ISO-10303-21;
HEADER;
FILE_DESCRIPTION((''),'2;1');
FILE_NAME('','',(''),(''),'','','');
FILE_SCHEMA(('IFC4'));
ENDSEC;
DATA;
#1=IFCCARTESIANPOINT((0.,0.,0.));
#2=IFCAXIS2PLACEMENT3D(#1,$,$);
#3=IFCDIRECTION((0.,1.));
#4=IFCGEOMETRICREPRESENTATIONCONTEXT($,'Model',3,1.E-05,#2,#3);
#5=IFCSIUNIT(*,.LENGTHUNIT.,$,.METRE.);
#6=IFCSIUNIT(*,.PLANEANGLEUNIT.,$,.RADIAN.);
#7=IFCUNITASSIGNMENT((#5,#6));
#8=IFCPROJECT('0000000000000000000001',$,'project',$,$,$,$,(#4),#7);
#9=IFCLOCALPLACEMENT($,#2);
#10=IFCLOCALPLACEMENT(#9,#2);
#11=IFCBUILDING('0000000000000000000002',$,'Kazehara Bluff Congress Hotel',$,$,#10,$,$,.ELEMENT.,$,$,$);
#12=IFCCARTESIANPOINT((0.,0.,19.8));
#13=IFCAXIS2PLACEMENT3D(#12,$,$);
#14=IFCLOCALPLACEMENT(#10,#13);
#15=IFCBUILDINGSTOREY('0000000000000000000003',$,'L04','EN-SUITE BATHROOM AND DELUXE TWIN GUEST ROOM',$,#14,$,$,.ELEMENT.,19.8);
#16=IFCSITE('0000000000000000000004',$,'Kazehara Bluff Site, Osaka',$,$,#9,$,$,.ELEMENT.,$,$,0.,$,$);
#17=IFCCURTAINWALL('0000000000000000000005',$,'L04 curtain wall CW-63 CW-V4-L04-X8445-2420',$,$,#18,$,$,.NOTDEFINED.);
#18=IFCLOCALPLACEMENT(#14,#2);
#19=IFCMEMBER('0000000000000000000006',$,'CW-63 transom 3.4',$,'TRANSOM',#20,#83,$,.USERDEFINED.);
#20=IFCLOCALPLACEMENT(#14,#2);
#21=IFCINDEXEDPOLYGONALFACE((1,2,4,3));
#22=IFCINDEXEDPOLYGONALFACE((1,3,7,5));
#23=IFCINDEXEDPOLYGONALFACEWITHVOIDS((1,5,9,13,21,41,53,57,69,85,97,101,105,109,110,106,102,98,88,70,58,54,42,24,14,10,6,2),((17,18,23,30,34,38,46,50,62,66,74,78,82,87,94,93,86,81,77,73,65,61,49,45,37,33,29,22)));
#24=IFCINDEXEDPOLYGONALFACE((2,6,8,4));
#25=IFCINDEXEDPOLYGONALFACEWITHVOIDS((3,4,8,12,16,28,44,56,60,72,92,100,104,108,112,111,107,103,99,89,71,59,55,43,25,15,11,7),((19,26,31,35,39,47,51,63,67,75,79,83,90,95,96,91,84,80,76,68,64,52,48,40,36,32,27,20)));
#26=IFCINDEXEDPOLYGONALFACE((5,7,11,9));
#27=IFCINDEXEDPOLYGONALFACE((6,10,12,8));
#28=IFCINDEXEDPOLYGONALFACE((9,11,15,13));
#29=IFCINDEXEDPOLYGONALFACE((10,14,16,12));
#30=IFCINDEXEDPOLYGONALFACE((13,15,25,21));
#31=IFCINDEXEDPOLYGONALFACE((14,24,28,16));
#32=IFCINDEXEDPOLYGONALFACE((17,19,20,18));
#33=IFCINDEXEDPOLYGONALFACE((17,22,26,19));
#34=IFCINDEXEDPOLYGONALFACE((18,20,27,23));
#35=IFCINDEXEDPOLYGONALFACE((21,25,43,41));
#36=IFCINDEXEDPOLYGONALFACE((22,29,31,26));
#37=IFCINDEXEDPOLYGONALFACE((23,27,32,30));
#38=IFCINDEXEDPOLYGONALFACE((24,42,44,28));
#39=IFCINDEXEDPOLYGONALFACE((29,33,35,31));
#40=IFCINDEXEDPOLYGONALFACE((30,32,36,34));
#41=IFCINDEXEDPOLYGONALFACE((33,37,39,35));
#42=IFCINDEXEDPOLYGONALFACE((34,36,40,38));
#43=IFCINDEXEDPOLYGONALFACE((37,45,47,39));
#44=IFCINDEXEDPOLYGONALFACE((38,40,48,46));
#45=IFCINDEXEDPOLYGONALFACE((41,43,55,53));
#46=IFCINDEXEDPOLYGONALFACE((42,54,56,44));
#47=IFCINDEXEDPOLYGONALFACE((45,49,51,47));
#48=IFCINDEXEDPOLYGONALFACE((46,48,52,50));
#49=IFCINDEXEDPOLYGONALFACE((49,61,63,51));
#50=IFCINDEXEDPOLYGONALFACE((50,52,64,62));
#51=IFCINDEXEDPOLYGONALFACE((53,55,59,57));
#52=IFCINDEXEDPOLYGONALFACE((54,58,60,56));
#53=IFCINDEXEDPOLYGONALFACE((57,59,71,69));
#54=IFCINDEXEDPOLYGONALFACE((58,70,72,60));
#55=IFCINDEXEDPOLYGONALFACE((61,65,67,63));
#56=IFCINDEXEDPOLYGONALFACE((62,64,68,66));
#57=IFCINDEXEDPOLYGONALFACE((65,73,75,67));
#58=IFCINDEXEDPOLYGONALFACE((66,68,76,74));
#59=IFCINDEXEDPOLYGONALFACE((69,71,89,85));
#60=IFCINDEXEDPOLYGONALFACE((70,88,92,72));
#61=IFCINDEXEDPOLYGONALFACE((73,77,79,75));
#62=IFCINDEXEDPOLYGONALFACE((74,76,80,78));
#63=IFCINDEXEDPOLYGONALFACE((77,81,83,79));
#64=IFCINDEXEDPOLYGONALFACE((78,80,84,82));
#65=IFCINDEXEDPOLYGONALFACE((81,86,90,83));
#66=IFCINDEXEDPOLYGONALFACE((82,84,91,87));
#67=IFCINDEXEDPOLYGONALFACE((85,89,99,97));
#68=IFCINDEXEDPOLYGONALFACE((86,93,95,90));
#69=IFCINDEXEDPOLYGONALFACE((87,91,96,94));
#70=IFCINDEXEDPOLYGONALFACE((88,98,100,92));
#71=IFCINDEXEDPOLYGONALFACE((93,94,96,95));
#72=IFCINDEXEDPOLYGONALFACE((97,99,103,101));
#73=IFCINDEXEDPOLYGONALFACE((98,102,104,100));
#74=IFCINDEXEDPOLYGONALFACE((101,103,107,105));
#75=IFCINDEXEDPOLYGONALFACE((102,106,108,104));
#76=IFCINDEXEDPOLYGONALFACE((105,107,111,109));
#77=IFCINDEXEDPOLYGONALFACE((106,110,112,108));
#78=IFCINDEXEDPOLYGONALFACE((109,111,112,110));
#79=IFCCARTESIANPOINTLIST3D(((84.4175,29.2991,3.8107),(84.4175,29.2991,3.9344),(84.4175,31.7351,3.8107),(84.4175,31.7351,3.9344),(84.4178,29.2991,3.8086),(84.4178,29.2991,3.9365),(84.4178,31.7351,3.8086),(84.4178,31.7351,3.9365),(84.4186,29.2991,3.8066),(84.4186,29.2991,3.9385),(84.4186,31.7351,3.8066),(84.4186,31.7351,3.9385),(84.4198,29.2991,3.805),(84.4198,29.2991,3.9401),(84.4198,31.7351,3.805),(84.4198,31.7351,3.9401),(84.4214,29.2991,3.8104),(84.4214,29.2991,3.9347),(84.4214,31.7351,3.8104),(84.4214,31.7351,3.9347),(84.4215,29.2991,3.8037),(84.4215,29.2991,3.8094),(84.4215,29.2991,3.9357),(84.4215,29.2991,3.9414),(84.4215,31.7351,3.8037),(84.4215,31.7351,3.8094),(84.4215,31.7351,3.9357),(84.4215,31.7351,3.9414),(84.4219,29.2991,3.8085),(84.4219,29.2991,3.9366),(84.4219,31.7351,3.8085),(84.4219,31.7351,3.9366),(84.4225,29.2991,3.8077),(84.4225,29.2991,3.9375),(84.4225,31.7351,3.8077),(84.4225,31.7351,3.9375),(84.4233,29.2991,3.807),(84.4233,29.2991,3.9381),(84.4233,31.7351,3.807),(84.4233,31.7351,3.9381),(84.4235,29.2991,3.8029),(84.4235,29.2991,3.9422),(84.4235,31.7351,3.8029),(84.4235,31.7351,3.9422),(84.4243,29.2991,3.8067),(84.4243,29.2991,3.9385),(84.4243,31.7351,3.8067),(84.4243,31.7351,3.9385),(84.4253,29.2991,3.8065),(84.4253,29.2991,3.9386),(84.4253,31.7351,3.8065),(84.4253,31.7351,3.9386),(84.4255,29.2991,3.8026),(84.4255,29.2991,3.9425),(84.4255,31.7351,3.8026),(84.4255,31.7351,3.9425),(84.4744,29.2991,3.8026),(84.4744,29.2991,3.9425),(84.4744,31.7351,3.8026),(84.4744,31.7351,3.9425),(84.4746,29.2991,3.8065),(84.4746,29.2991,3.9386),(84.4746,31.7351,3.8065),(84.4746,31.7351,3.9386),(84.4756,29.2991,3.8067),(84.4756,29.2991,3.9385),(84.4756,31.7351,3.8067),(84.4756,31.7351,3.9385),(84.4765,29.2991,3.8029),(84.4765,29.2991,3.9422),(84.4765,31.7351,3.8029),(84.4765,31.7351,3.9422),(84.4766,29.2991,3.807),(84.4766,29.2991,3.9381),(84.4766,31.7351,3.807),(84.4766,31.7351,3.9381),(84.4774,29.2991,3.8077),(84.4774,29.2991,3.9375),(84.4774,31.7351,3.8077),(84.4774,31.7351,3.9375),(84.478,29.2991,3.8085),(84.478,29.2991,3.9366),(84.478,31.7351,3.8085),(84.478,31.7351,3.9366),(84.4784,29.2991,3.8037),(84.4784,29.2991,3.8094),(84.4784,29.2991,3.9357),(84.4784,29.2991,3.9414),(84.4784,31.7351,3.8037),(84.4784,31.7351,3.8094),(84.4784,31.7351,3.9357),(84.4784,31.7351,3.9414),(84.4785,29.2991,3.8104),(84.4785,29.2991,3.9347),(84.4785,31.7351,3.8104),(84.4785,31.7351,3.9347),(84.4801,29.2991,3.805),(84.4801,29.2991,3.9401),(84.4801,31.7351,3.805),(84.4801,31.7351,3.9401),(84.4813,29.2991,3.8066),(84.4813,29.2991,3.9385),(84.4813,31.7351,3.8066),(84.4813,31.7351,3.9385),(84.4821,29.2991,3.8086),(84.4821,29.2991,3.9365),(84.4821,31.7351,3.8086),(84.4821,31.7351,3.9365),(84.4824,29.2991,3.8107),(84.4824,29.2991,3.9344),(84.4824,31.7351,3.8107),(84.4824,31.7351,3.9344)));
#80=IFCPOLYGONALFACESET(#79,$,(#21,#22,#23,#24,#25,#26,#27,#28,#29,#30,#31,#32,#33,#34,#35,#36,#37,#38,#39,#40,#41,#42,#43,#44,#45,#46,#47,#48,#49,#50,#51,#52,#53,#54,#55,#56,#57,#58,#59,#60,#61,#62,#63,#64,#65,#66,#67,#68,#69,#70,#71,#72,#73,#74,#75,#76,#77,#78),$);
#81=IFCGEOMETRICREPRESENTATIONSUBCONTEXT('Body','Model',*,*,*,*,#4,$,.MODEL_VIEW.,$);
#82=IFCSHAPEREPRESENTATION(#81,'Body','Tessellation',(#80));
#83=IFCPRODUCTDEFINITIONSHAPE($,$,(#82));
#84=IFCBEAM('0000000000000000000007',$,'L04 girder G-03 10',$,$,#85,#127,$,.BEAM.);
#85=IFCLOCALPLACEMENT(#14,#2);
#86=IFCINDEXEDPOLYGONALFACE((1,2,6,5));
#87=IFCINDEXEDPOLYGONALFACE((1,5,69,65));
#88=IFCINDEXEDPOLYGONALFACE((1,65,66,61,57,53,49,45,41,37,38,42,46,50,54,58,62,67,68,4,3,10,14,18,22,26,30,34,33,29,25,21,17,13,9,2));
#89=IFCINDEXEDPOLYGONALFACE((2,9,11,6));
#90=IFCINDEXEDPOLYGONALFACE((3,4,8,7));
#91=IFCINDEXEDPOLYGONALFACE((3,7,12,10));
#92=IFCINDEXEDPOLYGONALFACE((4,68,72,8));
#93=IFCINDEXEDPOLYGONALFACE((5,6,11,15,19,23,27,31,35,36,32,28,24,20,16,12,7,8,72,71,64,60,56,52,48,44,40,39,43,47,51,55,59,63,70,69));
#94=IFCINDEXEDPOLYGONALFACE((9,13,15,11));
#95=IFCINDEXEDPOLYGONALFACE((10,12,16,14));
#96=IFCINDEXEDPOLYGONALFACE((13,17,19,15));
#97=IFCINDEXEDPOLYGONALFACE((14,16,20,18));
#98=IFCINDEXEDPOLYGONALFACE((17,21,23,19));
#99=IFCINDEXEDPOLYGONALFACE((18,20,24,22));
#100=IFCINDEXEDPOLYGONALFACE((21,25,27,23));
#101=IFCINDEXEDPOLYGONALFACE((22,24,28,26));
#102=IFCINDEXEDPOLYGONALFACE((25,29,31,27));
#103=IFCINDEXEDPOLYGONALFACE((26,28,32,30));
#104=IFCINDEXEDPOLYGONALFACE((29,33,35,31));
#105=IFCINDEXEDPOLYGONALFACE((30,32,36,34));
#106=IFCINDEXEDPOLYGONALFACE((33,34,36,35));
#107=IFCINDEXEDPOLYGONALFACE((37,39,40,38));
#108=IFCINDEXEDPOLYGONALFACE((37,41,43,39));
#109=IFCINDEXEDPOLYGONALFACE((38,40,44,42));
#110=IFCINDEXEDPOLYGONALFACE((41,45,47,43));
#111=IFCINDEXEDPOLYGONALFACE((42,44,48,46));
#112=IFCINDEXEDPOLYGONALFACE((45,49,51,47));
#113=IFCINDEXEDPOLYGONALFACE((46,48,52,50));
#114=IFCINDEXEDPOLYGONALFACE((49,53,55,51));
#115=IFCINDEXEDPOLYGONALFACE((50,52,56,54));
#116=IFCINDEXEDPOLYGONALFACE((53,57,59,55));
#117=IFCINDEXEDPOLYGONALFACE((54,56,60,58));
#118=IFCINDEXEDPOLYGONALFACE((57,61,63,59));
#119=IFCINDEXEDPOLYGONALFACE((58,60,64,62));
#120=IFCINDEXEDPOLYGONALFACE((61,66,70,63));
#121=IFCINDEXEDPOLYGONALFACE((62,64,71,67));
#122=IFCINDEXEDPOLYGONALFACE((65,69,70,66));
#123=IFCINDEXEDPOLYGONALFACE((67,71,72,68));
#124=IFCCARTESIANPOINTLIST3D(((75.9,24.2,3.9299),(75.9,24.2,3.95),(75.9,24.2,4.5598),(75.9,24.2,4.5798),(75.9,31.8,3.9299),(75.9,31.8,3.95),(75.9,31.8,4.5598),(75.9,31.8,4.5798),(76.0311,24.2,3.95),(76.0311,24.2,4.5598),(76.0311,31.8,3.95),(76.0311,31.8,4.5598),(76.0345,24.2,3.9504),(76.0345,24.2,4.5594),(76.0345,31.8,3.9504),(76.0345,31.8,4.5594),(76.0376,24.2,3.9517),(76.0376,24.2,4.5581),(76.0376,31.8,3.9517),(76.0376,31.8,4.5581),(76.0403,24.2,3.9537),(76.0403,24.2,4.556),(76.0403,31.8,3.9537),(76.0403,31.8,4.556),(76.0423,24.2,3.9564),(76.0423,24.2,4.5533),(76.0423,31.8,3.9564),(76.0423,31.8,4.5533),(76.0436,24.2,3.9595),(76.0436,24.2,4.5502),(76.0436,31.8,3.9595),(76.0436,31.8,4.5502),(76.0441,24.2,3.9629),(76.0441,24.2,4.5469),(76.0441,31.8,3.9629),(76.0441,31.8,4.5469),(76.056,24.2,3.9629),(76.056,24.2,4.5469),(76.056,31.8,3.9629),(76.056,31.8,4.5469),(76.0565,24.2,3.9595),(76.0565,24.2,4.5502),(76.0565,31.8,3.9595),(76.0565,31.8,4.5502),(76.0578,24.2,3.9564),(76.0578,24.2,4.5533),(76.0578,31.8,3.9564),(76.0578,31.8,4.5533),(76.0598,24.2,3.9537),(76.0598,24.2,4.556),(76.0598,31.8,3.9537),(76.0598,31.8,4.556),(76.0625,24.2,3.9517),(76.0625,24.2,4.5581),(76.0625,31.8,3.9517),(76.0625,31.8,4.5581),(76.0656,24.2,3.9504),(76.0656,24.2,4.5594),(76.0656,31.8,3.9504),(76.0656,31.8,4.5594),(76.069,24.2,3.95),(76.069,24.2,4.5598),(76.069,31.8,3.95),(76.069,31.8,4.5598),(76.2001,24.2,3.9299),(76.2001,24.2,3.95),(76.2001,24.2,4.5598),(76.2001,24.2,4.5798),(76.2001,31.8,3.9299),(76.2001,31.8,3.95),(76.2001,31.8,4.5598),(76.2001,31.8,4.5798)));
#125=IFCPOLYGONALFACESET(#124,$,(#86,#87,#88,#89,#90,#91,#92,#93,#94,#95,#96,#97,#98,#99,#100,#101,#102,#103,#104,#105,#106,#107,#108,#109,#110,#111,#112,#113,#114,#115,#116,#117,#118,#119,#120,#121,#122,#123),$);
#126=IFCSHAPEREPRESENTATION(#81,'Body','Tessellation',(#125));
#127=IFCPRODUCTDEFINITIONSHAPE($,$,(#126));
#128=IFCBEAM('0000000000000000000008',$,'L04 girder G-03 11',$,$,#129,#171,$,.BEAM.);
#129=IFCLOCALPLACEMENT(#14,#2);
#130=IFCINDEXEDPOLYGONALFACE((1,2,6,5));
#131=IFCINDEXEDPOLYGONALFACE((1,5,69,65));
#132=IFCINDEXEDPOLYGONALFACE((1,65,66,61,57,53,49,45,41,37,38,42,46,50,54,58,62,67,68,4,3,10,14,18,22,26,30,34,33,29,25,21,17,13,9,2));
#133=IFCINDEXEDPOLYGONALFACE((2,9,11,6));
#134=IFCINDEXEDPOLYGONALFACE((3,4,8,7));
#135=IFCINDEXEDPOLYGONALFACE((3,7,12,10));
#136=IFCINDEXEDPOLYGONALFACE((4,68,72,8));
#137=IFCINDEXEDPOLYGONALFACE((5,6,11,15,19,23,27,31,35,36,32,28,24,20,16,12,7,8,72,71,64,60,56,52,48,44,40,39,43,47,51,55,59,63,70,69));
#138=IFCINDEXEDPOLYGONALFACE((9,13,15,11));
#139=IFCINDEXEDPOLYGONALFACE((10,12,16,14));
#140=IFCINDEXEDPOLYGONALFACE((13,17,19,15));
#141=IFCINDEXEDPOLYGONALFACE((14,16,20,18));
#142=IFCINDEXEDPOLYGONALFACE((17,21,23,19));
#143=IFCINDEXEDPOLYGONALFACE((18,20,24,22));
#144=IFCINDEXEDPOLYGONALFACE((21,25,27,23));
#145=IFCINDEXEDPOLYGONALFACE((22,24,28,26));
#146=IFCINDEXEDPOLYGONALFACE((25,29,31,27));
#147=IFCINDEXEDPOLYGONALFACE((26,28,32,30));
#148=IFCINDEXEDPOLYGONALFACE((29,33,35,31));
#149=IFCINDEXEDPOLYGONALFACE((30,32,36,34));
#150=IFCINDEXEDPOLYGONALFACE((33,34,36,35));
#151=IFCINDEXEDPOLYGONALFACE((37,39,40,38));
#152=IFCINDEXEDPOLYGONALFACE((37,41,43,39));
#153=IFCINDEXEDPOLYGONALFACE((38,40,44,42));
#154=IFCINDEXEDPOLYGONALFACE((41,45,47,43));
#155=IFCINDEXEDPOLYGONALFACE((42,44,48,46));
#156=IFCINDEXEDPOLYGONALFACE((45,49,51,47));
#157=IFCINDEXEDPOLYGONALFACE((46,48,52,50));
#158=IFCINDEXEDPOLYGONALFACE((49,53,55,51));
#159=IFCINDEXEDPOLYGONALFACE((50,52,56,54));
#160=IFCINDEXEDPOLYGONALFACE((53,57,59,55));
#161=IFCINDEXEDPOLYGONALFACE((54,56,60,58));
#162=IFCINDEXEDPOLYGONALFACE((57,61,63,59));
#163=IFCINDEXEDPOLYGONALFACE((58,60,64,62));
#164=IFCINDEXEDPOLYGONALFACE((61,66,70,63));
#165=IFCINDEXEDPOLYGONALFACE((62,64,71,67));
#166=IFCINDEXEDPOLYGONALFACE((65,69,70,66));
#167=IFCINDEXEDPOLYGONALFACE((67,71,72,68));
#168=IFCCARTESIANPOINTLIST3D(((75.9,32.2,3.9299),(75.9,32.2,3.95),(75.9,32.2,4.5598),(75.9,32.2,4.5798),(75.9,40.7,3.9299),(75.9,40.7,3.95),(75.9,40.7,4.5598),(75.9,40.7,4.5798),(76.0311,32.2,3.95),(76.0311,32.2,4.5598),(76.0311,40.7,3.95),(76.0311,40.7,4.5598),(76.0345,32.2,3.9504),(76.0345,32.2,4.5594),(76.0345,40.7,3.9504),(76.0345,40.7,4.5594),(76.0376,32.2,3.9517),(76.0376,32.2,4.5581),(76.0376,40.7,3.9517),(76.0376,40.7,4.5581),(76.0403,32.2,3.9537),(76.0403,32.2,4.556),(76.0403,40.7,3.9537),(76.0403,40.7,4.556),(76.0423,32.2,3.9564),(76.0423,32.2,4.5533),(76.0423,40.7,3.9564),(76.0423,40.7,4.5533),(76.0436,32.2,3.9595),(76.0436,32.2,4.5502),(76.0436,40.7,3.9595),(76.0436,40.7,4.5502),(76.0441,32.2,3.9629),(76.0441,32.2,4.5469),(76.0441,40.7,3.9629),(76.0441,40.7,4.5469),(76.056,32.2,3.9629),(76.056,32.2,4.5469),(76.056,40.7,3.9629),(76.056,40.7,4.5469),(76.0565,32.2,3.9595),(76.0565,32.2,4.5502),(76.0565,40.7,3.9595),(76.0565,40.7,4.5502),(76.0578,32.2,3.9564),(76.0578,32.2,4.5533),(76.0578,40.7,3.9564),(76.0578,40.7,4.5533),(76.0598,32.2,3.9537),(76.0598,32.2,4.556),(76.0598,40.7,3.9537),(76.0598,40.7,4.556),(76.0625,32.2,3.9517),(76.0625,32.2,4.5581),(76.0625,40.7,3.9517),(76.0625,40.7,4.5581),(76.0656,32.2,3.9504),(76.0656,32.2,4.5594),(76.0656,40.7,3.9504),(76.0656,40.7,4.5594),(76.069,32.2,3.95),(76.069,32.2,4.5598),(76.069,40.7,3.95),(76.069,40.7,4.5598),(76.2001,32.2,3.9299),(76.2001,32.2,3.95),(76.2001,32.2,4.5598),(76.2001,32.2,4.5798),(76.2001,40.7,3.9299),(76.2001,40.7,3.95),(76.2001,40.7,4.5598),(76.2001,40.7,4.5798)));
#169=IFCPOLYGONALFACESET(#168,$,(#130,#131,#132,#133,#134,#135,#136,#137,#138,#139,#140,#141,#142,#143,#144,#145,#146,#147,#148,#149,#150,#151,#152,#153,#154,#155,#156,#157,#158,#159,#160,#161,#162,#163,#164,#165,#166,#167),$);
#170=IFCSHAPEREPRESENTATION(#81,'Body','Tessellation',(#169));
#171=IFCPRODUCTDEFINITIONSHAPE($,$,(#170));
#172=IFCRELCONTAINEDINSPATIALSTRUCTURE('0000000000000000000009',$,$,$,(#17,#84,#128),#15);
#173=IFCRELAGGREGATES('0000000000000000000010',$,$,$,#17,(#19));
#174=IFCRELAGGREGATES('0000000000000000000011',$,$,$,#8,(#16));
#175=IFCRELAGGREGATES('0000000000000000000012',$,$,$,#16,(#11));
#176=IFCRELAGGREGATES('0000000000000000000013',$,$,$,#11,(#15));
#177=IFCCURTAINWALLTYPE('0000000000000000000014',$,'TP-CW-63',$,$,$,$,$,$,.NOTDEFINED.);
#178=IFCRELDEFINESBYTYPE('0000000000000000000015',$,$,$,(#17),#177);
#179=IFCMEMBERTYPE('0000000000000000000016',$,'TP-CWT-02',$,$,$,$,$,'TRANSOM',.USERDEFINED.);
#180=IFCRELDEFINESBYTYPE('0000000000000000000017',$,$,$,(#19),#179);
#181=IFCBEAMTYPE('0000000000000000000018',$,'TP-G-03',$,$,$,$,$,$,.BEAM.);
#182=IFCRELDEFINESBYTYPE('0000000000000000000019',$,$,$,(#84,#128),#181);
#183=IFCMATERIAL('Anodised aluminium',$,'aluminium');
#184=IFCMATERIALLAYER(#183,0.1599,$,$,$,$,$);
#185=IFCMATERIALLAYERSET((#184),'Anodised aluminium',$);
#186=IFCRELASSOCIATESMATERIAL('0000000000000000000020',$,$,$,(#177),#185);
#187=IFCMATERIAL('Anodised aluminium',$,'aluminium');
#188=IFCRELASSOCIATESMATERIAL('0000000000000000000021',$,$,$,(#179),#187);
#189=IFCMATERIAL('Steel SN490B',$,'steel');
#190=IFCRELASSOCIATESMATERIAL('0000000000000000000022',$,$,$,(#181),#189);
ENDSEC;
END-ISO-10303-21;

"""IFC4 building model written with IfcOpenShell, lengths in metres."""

from ifc_helpers import new_model, si_unit, direction, frame, origin, origin_2d, place, context, subcontext, project, spatial, hollow_rectangle, i_section, extrude, material, layer, layer_set, material_profile, profile_set, type_object, element, aggregate, save


model = new_model("IFC4")

# Units and contexts
model_context = context("Model", 3, precision=1e-05, world=origin(), true_north=direction((0.0, 1.0)))
body_context = subcontext(model_context, "Body", "Model", "MODEL_VIEW")
ifc_project = project(units=[si_unit("LENGTHUNIT", "METRE"), si_unit("PLANEANGLEUNIT", "RADIAN")], contexts=[model_context])

# Site, building, storey
site_placement = place(None, origin())
site = spatial("IfcSite", under=ifc_project, at=site_placement, Name="Kazehara Bluff Site, Osaka", CompositionType="ELEMENT", RefElevation=0.0)
building_placement = place(site_placement, origin())
building = spatial("IfcBuilding", under=site, at=building_placement, Name="Kazehara Bluff Congress Hotel", CompositionType="ELEMENT")
storey_placement = place(building_placement, frame((0.0, 0.0, 19.8)))
storey = spatial("IfcBuildingStorey", under=building, at=storey_placement, Name="L04", Description="EN-SUITE BATHROOM AND DELUXE TWIN GUEST ROOM", CompositionType="ELEMENT", Elevation=19.8)

# Curtain wall, member
ifc_material_1 = material(Name="Anodised aluminium", Category="aluminium")
ifc_layer_1 = layer(ifc_material_1, 0.1599)
ifc_layer_set_1 = layer_set([ifc_layer_1], Name="Anodised aluminium")
curtain_wall_type = type_object("IfcCurtainWallType", Name="TP-CW-63", PredefinedType="NOTDEFINED", material=ifc_layer_set_1)
curtain_wall_placement = place(storey_placement, origin())
curtain_wall = element("IfcCurtainWall", 1, at=curtain_wall_placement, inside=storey, type_object=curtain_wall_type, Name="L04 curtain wall CW-63 CW-V4-L04-X8445-2420", PredefinedType="NOTDEFINED")
ifc_material_2 = material(Name="Anodised aluminium", Category="aluminium")
ifc_material_profile_1 = material_profile(ifc_material_2, hollow_rectangle(XDim=0.0649, YDim=0.1399, WallThickness=0.0039, InnerFilletRadius=0.0039, OuterFilletRadius=0.0081, at=origin_2d()))
ifc_profile_set_1 = profile_set([ifc_material_profile_1], Name="Anodised aluminium")
member_type_1 = type_object("IfcMemberType", Name="TP-CWT-02", ElementType="TRANSOM", PredefinedType="USERDEFINED", material=ifc_profile_set_1)
member_1_placement = place(storey_placement, frame((84.45, 29.2991, 3.8726), z_axis=(0.0, 1.0, 0.0), x_axis=(-1.0, 0.0, 0.0)))
member_1 = element("IfcMember", 2, at=member_1_placement, type_object=member_type_1, Name="CW-63 transom 3.4", ObjectType="TRANSOM", PredefinedType="USERDEFINED", context=body_context, shape_type="SweptSolid", body=[
    extrude(hollow_rectangle(XDim=0.0649, YDim=0.1399, WallThickness=0.0039, InnerFilletRadius=0.0039, OuterFilletRadius=0.0081, at=origin_2d()), origin(), (0.0, 0.0, 1.0), 2.436),
])

# Beams
ifc_material_3 = material(Name="Steel SN490B", Category="steel")
ifc_material_profile_2 = material_profile(ifc_material_3, i_section(OverallWidth=0.3, OverallDepth=0.6499, WebThickness=0.012, FlangeThickness=0.02, FilletRadius=0.0129, at=origin_2d()))
ifc_profile_set_2 = profile_set([ifc_material_profile_2], Name="Steel SN490B")
beam_type_1 = type_object("IfcBeamType", Name="TP-G-03", PredefinedType="BEAM", material=ifc_profile_set_2)
beam_1_placement = place(storey_placement, frame((76.05, 24.2, 4.2549), z_axis=(0.0, 1.0, 0.0), x_axis=(-1.0, 0.0, 0.0)))
element("IfcBeam", 3, at=beam_1_placement, inside=storey, type_object=beam_type_1, Name="L04 girder G-03 10", PredefinedType="BEAM", context=body_context, shape_type="SweptSolid", body=[
    extrude(i_section(OverallWidth=0.3, OverallDepth=0.6499, WebThickness=0.012, FlangeThickness=0.02, FilletRadius=0.0129, at=origin_2d()), origin(), (0.0, 0.0, 1.0), 7.6001),
])
beam_2_placement = place(storey_placement, frame((76.05, 32.2, 4.2549), z_axis=(0.0, 1.0, 0.0), x_axis=(-1.0, 0.0, 0.0)))
element("IfcBeam", 4, at=beam_2_placement, inside=storey, type_object=beam_type_1, Name="L04 girder G-03 11", PredefinedType="BEAM", context=body_context, shape_type="SweptSolid", body=[
    extrude(i_section(OverallWidth=0.3, OverallDepth=0.6499, WebThickness=0.012, FlangeThickness=0.02, FilletRadius=0.0129, at=origin_2d()), origin(), (0.0, 0.0, 1.0), 8.5),
])

aggregate(curtain_wall, [member_1])

save(model, "model.ifc")
